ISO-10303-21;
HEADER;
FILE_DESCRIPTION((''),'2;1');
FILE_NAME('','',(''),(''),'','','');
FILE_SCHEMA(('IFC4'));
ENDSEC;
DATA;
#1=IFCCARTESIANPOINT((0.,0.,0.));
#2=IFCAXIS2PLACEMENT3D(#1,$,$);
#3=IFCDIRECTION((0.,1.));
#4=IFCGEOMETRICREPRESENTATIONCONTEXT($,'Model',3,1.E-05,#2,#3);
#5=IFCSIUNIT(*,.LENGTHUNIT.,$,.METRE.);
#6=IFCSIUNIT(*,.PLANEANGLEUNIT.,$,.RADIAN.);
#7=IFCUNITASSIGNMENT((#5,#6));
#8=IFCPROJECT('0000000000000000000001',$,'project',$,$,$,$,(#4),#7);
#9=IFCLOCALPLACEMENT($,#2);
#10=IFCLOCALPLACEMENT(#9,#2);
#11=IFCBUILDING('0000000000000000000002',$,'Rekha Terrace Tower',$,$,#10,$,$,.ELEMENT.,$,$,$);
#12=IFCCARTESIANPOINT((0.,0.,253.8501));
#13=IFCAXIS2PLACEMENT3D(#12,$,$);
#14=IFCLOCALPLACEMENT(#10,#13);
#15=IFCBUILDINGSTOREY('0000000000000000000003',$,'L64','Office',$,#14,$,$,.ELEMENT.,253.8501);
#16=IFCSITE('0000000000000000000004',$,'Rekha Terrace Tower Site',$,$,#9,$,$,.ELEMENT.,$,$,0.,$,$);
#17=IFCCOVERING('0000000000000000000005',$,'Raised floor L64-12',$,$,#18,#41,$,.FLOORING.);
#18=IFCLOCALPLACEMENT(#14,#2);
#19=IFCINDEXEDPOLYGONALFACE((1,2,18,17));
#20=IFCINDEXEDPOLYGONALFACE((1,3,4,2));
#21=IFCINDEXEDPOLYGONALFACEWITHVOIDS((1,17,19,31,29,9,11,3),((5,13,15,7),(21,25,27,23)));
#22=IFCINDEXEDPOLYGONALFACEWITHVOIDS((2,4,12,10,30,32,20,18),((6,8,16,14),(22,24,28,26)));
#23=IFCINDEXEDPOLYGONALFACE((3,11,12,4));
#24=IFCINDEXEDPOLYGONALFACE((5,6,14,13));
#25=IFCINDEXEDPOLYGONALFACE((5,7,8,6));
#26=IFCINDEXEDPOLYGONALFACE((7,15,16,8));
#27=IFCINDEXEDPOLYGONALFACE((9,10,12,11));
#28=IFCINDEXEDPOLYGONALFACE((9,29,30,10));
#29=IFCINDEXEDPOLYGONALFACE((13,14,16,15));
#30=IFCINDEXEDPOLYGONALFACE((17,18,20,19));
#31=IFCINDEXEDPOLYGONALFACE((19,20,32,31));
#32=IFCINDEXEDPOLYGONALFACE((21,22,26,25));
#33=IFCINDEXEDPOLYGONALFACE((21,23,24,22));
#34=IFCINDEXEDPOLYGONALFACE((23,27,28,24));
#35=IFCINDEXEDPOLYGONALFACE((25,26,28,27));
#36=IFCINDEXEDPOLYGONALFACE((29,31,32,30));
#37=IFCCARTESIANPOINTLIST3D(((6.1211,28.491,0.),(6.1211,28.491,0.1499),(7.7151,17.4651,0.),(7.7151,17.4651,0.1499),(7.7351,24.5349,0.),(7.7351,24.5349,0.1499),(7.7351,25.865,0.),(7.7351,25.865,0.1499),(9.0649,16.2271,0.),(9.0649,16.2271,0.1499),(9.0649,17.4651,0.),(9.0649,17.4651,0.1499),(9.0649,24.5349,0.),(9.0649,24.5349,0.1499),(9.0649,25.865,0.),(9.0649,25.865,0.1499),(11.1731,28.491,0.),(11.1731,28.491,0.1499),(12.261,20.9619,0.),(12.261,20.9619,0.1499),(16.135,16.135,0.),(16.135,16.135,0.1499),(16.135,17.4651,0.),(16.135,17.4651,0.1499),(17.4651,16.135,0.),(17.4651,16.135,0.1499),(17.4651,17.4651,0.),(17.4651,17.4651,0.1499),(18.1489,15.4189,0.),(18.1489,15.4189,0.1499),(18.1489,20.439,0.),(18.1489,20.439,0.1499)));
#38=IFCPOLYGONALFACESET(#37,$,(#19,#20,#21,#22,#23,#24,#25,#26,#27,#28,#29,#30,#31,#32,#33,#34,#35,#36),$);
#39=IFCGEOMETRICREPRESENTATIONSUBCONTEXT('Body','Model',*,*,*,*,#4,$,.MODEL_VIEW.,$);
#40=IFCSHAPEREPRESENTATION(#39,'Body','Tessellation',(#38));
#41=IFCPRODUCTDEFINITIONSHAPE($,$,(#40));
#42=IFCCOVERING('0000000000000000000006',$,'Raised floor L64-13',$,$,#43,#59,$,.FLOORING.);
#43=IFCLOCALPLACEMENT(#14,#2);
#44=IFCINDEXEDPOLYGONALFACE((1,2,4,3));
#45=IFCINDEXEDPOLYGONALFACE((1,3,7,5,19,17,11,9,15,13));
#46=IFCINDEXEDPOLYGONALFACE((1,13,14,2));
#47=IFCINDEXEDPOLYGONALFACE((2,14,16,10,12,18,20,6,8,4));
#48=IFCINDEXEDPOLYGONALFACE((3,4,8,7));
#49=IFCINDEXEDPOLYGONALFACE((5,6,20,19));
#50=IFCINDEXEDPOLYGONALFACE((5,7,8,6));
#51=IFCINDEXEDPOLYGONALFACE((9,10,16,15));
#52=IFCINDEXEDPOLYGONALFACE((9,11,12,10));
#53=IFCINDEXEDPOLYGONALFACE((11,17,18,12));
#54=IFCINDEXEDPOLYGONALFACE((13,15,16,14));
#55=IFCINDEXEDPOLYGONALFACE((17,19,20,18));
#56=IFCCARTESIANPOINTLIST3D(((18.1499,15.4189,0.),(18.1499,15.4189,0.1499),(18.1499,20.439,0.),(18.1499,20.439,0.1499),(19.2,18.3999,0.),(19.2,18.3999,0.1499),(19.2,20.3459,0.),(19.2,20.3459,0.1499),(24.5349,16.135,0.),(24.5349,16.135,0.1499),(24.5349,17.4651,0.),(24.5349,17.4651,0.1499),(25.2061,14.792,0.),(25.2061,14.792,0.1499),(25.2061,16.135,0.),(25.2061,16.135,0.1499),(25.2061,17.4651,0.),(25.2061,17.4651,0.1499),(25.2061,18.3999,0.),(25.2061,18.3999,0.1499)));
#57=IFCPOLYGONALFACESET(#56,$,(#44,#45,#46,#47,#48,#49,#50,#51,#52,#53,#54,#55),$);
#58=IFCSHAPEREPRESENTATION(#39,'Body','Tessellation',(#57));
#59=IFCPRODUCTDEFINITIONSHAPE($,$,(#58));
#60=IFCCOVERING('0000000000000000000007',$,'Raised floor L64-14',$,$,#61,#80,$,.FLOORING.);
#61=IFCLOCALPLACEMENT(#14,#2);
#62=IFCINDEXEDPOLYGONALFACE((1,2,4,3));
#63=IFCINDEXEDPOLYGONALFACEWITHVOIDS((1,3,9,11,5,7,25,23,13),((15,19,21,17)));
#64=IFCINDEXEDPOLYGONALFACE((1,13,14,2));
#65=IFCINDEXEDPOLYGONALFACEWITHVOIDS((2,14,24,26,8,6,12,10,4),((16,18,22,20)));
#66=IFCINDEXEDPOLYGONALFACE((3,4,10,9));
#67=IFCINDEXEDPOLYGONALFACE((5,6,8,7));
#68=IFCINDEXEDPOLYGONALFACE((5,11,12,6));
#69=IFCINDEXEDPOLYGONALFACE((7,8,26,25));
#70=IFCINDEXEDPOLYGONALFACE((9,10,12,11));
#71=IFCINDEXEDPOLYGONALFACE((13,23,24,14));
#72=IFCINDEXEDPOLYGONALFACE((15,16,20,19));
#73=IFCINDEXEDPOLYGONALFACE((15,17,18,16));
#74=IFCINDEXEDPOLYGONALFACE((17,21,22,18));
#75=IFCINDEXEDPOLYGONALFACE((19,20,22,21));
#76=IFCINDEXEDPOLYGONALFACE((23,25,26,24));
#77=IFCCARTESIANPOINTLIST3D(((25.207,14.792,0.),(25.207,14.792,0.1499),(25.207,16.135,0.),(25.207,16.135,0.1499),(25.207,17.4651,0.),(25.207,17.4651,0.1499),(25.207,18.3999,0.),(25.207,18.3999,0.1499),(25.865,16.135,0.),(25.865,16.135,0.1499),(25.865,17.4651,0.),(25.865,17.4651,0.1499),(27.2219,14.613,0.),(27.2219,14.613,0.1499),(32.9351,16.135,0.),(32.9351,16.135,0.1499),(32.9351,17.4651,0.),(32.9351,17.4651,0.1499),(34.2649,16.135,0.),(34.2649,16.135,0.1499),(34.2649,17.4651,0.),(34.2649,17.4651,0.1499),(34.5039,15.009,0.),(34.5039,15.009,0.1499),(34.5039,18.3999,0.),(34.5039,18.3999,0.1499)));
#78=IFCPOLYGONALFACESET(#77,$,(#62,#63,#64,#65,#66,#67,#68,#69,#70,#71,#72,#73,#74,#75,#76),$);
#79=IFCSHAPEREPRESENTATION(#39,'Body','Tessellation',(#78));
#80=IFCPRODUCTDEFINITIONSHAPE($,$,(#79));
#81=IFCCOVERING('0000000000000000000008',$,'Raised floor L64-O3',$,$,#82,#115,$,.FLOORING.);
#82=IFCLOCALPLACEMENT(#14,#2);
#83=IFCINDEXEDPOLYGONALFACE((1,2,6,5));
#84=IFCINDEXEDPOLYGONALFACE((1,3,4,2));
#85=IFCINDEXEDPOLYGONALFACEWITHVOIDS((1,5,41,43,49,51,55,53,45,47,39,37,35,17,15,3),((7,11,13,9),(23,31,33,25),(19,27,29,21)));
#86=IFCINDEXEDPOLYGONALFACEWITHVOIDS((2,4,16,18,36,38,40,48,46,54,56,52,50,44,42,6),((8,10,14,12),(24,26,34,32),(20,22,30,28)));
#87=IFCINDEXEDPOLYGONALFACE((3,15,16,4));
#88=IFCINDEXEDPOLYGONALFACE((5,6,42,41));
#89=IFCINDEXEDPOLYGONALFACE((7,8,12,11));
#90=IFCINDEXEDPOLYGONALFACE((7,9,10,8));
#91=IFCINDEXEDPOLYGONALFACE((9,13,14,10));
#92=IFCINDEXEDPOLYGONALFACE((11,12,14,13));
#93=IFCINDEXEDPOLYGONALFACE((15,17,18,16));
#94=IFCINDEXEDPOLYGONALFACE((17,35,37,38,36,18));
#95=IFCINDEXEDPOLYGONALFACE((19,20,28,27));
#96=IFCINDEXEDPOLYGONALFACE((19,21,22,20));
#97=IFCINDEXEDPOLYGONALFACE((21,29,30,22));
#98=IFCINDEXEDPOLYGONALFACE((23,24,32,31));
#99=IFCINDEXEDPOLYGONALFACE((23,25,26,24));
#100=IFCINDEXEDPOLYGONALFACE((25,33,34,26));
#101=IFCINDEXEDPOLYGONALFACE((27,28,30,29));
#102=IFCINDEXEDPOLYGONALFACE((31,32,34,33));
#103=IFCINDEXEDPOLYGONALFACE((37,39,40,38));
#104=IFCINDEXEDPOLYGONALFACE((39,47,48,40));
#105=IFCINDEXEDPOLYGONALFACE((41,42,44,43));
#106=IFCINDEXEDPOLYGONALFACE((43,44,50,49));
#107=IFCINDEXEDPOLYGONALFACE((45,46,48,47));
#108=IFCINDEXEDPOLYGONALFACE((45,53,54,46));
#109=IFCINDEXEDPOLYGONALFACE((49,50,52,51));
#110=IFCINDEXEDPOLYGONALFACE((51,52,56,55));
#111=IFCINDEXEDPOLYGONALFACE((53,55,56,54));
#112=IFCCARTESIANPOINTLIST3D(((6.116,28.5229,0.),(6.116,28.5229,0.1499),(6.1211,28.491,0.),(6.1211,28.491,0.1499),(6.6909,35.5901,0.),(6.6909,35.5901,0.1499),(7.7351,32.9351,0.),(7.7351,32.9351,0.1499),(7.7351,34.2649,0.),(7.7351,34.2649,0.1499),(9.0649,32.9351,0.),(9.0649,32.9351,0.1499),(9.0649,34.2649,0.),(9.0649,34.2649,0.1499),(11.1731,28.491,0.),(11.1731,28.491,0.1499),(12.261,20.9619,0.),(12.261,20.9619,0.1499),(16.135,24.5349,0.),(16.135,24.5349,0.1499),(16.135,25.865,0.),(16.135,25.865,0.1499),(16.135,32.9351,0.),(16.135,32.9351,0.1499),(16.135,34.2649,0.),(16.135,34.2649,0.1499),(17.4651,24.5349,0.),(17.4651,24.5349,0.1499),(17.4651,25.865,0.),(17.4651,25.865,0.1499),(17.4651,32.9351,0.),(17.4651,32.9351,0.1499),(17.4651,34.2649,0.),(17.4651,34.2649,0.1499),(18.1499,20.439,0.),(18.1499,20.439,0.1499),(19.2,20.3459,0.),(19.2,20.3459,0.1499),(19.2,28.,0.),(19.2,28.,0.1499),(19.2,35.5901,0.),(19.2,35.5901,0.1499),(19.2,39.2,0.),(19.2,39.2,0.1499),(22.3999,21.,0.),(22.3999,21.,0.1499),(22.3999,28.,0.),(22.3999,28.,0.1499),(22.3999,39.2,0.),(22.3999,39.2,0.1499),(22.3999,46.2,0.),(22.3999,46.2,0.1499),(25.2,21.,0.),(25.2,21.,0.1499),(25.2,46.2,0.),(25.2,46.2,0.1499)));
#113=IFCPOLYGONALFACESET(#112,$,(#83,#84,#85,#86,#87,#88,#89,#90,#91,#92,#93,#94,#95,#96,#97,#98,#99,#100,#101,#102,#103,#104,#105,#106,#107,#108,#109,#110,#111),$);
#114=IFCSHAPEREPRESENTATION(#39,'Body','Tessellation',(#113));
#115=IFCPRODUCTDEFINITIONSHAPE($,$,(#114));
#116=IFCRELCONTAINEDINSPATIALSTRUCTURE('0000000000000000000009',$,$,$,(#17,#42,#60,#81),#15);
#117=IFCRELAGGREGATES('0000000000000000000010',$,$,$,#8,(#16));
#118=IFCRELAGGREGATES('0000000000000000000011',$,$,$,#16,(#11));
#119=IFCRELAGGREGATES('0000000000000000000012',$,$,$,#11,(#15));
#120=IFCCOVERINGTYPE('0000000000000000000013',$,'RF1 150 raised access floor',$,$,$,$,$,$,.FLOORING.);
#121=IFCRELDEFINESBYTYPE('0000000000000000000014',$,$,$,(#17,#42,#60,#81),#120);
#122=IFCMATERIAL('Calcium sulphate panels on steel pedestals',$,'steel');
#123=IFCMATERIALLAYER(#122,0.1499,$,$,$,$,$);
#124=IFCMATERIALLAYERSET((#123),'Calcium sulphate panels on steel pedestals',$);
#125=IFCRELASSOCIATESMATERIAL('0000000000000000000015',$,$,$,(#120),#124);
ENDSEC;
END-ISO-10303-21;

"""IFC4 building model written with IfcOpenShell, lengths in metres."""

from ifc_helpers import new_model, si_unit, direction, frame, origin, place, context, subcontext, project, spatial, polyline, outline, extrude, material, layer, layer_set, type_object, element, save


model = new_model("IFC4")

# Units and contexts
model_context = context("Model", 3, precision=1e-05, world=origin(), true_north=direction((0.0, 1.0)))
body_context = subcontext(model_context, "Body", "Model", "MODEL_VIEW")
ifc_project = project(units=[si_unit("LENGTHUNIT", "METRE"), si_unit("PLANEANGLEUNIT", "RADIAN")], contexts=[model_context])

# Site, building, storey
site_placement = place(None, origin())
site = spatial("IfcSite", under=ifc_project, at=site_placement, Name="Rekha Terrace Tower Site", CompositionType="ELEMENT", RefElevation=0.0)
building_placement = place(site_placement, origin())
building = spatial("IfcBuilding", under=site, at=building_placement, Name="Rekha Terrace Tower", CompositionType="ELEMENT")
storey_placement = place(building_placement, frame((0.0, 0.0, 253.8501)))
storey = spatial("IfcBuildingStorey", under=building, at=storey_placement, Name="L64", Description="Office", CompositionType="ELEMENT", Elevation=253.8501)

# Coverings
ifc_material_1 = material(Name="Calcium sulphate panels on steel pedestals", Category="steel")
ifc_layer_1 = layer(ifc_material_1, 0.1499)
ifc_layer_set_1 = layer_set([ifc_layer_1], Name="Calcium sulphate panels on steel pedestals")
covering_type_1 = type_object("IfcCoveringType", Name="RF1 150 raised access floor", PredefinedType="FLOORING", material=ifc_layer_set_1)
covering_1_placement = place(storey_placement, origin())
element("IfcCovering", 1, at=covering_1_placement, inside=storey, type_object=covering_type_1, Name="Raised floor L64-12", PredefinedType="FLOORING", context=body_context, shape_type="SweptSolid", body=[
    extrude(outline(polyline([(6.1211, 28.491), (7.7151, 17.4651), (9.0649, 17.4651), (9.0649, 16.2271), (18.1489, 15.4189), (18.1489, 20.439), (12.261, 20.9619), (11.1731, 28.491), (6.1211, 28.491)]), holes=[polyline([(17.4651, 17.4651), (17.4651, 16.135), (16.135, 16.135), (16.135, 17.4651), (17.4651, 17.4651)]), polyline([(9.0649, 25.865), (9.0649, 24.5349), (7.7351, 24.5349), (7.7351, 25.865), (9.0649, 25.865)])]), origin(), (0.0, 0.0, 1.0), 0.1499),
])
covering_2_placement = place(storey_placement, origin())
element("IfcCovering", 2, at=covering_2_placement, inside=storey, type_object=covering_type_1, Name="Raised floor L64-13", PredefinedType="FLOORING", context=body_context, shape_type="SweptSolid", body=[
    extrude(outline(polyline([(18.1499, 20.439), (18.1499, 15.4189), (25.2061, 14.792), (25.2061, 16.135), (24.5349, 16.135), (24.5349, 17.4651), (25.2061, 17.4651), (25.2061, 18.3999), (19.2, 18.3999), (19.2, 20.3459), (18.1499, 20.439)])), origin(), (0.0, 0.0, 1.0), 0.1499),
])
covering_3_placement = place(storey_placement, origin())
element("IfcCovering", 3, at=covering_3_placement, inside=storey, type_object=covering_type_1, Name="Raised floor L64-14", PredefinedType="FLOORING", context=body_context, shape_type="SweptSolid", body=[
    extrude(outline(polyline([(25.207, 14.792), (27.2219, 14.613), (34.5039, 15.009), (34.5039, 18.3999), (25.207, 18.3999), (25.207, 17.4651), (25.865, 17.4651), (25.865, 16.135), (25.207, 16.135), (25.207, 14.792)]), holes=[polyline([(34.2649, 16.135), (32.9351, 16.135), (32.9351, 17.4651), (34.2649, 17.4651), (34.2649, 16.135)])]), origin(), (0.0, 0.0, 1.0), 0.1499),
])
covering_4_placement = place(storey_placement, origin())
element("IfcCovering", 4, at=covering_4_placement, inside=storey, type_object=covering_type_1, Name="Raised floor L64-O3", PredefinedType="FLOORING", context=body_context, shape_type="SweptSolid", body=[
    extrude(outline(polyline([(19.2, 35.5901), (6.6909, 35.5901), (6.116, 28.5229), (6.1211, 28.491), (11.1731, 28.491), (12.261, 20.9619), (18.1499, 20.439), (19.2, 20.3459), (19.2, 28.0), (22.3999, 28.0), (22.3999, 21.0), (25.2, 21.0), (25.2, 46.2), (22.3999, 46.2), (22.3999, 39.2), (19.2, 39.2), (19.2, 35.5901)]), holes=[polyline([(17.4651, 25.865), (17.4651, 24.5349), (16.135, 24.5349), (16.135, 25.865), (17.4651, 25.865)]), polyline([(17.4651, 34.2649), (17.4651, 32.9351), (16.135, 32.9351), (16.135, 34.2649), (17.4651, 34.2649)]), polyline([(9.0649, 34.2649), (9.0649, 32.9351), (7.7351, 32.9351), (7.7351, 34.2649), (9.0649, 34.2649)])]), origin(), (0.0, 0.0, 1.0), 0.1499),
])

save(model, "model.ifc")
